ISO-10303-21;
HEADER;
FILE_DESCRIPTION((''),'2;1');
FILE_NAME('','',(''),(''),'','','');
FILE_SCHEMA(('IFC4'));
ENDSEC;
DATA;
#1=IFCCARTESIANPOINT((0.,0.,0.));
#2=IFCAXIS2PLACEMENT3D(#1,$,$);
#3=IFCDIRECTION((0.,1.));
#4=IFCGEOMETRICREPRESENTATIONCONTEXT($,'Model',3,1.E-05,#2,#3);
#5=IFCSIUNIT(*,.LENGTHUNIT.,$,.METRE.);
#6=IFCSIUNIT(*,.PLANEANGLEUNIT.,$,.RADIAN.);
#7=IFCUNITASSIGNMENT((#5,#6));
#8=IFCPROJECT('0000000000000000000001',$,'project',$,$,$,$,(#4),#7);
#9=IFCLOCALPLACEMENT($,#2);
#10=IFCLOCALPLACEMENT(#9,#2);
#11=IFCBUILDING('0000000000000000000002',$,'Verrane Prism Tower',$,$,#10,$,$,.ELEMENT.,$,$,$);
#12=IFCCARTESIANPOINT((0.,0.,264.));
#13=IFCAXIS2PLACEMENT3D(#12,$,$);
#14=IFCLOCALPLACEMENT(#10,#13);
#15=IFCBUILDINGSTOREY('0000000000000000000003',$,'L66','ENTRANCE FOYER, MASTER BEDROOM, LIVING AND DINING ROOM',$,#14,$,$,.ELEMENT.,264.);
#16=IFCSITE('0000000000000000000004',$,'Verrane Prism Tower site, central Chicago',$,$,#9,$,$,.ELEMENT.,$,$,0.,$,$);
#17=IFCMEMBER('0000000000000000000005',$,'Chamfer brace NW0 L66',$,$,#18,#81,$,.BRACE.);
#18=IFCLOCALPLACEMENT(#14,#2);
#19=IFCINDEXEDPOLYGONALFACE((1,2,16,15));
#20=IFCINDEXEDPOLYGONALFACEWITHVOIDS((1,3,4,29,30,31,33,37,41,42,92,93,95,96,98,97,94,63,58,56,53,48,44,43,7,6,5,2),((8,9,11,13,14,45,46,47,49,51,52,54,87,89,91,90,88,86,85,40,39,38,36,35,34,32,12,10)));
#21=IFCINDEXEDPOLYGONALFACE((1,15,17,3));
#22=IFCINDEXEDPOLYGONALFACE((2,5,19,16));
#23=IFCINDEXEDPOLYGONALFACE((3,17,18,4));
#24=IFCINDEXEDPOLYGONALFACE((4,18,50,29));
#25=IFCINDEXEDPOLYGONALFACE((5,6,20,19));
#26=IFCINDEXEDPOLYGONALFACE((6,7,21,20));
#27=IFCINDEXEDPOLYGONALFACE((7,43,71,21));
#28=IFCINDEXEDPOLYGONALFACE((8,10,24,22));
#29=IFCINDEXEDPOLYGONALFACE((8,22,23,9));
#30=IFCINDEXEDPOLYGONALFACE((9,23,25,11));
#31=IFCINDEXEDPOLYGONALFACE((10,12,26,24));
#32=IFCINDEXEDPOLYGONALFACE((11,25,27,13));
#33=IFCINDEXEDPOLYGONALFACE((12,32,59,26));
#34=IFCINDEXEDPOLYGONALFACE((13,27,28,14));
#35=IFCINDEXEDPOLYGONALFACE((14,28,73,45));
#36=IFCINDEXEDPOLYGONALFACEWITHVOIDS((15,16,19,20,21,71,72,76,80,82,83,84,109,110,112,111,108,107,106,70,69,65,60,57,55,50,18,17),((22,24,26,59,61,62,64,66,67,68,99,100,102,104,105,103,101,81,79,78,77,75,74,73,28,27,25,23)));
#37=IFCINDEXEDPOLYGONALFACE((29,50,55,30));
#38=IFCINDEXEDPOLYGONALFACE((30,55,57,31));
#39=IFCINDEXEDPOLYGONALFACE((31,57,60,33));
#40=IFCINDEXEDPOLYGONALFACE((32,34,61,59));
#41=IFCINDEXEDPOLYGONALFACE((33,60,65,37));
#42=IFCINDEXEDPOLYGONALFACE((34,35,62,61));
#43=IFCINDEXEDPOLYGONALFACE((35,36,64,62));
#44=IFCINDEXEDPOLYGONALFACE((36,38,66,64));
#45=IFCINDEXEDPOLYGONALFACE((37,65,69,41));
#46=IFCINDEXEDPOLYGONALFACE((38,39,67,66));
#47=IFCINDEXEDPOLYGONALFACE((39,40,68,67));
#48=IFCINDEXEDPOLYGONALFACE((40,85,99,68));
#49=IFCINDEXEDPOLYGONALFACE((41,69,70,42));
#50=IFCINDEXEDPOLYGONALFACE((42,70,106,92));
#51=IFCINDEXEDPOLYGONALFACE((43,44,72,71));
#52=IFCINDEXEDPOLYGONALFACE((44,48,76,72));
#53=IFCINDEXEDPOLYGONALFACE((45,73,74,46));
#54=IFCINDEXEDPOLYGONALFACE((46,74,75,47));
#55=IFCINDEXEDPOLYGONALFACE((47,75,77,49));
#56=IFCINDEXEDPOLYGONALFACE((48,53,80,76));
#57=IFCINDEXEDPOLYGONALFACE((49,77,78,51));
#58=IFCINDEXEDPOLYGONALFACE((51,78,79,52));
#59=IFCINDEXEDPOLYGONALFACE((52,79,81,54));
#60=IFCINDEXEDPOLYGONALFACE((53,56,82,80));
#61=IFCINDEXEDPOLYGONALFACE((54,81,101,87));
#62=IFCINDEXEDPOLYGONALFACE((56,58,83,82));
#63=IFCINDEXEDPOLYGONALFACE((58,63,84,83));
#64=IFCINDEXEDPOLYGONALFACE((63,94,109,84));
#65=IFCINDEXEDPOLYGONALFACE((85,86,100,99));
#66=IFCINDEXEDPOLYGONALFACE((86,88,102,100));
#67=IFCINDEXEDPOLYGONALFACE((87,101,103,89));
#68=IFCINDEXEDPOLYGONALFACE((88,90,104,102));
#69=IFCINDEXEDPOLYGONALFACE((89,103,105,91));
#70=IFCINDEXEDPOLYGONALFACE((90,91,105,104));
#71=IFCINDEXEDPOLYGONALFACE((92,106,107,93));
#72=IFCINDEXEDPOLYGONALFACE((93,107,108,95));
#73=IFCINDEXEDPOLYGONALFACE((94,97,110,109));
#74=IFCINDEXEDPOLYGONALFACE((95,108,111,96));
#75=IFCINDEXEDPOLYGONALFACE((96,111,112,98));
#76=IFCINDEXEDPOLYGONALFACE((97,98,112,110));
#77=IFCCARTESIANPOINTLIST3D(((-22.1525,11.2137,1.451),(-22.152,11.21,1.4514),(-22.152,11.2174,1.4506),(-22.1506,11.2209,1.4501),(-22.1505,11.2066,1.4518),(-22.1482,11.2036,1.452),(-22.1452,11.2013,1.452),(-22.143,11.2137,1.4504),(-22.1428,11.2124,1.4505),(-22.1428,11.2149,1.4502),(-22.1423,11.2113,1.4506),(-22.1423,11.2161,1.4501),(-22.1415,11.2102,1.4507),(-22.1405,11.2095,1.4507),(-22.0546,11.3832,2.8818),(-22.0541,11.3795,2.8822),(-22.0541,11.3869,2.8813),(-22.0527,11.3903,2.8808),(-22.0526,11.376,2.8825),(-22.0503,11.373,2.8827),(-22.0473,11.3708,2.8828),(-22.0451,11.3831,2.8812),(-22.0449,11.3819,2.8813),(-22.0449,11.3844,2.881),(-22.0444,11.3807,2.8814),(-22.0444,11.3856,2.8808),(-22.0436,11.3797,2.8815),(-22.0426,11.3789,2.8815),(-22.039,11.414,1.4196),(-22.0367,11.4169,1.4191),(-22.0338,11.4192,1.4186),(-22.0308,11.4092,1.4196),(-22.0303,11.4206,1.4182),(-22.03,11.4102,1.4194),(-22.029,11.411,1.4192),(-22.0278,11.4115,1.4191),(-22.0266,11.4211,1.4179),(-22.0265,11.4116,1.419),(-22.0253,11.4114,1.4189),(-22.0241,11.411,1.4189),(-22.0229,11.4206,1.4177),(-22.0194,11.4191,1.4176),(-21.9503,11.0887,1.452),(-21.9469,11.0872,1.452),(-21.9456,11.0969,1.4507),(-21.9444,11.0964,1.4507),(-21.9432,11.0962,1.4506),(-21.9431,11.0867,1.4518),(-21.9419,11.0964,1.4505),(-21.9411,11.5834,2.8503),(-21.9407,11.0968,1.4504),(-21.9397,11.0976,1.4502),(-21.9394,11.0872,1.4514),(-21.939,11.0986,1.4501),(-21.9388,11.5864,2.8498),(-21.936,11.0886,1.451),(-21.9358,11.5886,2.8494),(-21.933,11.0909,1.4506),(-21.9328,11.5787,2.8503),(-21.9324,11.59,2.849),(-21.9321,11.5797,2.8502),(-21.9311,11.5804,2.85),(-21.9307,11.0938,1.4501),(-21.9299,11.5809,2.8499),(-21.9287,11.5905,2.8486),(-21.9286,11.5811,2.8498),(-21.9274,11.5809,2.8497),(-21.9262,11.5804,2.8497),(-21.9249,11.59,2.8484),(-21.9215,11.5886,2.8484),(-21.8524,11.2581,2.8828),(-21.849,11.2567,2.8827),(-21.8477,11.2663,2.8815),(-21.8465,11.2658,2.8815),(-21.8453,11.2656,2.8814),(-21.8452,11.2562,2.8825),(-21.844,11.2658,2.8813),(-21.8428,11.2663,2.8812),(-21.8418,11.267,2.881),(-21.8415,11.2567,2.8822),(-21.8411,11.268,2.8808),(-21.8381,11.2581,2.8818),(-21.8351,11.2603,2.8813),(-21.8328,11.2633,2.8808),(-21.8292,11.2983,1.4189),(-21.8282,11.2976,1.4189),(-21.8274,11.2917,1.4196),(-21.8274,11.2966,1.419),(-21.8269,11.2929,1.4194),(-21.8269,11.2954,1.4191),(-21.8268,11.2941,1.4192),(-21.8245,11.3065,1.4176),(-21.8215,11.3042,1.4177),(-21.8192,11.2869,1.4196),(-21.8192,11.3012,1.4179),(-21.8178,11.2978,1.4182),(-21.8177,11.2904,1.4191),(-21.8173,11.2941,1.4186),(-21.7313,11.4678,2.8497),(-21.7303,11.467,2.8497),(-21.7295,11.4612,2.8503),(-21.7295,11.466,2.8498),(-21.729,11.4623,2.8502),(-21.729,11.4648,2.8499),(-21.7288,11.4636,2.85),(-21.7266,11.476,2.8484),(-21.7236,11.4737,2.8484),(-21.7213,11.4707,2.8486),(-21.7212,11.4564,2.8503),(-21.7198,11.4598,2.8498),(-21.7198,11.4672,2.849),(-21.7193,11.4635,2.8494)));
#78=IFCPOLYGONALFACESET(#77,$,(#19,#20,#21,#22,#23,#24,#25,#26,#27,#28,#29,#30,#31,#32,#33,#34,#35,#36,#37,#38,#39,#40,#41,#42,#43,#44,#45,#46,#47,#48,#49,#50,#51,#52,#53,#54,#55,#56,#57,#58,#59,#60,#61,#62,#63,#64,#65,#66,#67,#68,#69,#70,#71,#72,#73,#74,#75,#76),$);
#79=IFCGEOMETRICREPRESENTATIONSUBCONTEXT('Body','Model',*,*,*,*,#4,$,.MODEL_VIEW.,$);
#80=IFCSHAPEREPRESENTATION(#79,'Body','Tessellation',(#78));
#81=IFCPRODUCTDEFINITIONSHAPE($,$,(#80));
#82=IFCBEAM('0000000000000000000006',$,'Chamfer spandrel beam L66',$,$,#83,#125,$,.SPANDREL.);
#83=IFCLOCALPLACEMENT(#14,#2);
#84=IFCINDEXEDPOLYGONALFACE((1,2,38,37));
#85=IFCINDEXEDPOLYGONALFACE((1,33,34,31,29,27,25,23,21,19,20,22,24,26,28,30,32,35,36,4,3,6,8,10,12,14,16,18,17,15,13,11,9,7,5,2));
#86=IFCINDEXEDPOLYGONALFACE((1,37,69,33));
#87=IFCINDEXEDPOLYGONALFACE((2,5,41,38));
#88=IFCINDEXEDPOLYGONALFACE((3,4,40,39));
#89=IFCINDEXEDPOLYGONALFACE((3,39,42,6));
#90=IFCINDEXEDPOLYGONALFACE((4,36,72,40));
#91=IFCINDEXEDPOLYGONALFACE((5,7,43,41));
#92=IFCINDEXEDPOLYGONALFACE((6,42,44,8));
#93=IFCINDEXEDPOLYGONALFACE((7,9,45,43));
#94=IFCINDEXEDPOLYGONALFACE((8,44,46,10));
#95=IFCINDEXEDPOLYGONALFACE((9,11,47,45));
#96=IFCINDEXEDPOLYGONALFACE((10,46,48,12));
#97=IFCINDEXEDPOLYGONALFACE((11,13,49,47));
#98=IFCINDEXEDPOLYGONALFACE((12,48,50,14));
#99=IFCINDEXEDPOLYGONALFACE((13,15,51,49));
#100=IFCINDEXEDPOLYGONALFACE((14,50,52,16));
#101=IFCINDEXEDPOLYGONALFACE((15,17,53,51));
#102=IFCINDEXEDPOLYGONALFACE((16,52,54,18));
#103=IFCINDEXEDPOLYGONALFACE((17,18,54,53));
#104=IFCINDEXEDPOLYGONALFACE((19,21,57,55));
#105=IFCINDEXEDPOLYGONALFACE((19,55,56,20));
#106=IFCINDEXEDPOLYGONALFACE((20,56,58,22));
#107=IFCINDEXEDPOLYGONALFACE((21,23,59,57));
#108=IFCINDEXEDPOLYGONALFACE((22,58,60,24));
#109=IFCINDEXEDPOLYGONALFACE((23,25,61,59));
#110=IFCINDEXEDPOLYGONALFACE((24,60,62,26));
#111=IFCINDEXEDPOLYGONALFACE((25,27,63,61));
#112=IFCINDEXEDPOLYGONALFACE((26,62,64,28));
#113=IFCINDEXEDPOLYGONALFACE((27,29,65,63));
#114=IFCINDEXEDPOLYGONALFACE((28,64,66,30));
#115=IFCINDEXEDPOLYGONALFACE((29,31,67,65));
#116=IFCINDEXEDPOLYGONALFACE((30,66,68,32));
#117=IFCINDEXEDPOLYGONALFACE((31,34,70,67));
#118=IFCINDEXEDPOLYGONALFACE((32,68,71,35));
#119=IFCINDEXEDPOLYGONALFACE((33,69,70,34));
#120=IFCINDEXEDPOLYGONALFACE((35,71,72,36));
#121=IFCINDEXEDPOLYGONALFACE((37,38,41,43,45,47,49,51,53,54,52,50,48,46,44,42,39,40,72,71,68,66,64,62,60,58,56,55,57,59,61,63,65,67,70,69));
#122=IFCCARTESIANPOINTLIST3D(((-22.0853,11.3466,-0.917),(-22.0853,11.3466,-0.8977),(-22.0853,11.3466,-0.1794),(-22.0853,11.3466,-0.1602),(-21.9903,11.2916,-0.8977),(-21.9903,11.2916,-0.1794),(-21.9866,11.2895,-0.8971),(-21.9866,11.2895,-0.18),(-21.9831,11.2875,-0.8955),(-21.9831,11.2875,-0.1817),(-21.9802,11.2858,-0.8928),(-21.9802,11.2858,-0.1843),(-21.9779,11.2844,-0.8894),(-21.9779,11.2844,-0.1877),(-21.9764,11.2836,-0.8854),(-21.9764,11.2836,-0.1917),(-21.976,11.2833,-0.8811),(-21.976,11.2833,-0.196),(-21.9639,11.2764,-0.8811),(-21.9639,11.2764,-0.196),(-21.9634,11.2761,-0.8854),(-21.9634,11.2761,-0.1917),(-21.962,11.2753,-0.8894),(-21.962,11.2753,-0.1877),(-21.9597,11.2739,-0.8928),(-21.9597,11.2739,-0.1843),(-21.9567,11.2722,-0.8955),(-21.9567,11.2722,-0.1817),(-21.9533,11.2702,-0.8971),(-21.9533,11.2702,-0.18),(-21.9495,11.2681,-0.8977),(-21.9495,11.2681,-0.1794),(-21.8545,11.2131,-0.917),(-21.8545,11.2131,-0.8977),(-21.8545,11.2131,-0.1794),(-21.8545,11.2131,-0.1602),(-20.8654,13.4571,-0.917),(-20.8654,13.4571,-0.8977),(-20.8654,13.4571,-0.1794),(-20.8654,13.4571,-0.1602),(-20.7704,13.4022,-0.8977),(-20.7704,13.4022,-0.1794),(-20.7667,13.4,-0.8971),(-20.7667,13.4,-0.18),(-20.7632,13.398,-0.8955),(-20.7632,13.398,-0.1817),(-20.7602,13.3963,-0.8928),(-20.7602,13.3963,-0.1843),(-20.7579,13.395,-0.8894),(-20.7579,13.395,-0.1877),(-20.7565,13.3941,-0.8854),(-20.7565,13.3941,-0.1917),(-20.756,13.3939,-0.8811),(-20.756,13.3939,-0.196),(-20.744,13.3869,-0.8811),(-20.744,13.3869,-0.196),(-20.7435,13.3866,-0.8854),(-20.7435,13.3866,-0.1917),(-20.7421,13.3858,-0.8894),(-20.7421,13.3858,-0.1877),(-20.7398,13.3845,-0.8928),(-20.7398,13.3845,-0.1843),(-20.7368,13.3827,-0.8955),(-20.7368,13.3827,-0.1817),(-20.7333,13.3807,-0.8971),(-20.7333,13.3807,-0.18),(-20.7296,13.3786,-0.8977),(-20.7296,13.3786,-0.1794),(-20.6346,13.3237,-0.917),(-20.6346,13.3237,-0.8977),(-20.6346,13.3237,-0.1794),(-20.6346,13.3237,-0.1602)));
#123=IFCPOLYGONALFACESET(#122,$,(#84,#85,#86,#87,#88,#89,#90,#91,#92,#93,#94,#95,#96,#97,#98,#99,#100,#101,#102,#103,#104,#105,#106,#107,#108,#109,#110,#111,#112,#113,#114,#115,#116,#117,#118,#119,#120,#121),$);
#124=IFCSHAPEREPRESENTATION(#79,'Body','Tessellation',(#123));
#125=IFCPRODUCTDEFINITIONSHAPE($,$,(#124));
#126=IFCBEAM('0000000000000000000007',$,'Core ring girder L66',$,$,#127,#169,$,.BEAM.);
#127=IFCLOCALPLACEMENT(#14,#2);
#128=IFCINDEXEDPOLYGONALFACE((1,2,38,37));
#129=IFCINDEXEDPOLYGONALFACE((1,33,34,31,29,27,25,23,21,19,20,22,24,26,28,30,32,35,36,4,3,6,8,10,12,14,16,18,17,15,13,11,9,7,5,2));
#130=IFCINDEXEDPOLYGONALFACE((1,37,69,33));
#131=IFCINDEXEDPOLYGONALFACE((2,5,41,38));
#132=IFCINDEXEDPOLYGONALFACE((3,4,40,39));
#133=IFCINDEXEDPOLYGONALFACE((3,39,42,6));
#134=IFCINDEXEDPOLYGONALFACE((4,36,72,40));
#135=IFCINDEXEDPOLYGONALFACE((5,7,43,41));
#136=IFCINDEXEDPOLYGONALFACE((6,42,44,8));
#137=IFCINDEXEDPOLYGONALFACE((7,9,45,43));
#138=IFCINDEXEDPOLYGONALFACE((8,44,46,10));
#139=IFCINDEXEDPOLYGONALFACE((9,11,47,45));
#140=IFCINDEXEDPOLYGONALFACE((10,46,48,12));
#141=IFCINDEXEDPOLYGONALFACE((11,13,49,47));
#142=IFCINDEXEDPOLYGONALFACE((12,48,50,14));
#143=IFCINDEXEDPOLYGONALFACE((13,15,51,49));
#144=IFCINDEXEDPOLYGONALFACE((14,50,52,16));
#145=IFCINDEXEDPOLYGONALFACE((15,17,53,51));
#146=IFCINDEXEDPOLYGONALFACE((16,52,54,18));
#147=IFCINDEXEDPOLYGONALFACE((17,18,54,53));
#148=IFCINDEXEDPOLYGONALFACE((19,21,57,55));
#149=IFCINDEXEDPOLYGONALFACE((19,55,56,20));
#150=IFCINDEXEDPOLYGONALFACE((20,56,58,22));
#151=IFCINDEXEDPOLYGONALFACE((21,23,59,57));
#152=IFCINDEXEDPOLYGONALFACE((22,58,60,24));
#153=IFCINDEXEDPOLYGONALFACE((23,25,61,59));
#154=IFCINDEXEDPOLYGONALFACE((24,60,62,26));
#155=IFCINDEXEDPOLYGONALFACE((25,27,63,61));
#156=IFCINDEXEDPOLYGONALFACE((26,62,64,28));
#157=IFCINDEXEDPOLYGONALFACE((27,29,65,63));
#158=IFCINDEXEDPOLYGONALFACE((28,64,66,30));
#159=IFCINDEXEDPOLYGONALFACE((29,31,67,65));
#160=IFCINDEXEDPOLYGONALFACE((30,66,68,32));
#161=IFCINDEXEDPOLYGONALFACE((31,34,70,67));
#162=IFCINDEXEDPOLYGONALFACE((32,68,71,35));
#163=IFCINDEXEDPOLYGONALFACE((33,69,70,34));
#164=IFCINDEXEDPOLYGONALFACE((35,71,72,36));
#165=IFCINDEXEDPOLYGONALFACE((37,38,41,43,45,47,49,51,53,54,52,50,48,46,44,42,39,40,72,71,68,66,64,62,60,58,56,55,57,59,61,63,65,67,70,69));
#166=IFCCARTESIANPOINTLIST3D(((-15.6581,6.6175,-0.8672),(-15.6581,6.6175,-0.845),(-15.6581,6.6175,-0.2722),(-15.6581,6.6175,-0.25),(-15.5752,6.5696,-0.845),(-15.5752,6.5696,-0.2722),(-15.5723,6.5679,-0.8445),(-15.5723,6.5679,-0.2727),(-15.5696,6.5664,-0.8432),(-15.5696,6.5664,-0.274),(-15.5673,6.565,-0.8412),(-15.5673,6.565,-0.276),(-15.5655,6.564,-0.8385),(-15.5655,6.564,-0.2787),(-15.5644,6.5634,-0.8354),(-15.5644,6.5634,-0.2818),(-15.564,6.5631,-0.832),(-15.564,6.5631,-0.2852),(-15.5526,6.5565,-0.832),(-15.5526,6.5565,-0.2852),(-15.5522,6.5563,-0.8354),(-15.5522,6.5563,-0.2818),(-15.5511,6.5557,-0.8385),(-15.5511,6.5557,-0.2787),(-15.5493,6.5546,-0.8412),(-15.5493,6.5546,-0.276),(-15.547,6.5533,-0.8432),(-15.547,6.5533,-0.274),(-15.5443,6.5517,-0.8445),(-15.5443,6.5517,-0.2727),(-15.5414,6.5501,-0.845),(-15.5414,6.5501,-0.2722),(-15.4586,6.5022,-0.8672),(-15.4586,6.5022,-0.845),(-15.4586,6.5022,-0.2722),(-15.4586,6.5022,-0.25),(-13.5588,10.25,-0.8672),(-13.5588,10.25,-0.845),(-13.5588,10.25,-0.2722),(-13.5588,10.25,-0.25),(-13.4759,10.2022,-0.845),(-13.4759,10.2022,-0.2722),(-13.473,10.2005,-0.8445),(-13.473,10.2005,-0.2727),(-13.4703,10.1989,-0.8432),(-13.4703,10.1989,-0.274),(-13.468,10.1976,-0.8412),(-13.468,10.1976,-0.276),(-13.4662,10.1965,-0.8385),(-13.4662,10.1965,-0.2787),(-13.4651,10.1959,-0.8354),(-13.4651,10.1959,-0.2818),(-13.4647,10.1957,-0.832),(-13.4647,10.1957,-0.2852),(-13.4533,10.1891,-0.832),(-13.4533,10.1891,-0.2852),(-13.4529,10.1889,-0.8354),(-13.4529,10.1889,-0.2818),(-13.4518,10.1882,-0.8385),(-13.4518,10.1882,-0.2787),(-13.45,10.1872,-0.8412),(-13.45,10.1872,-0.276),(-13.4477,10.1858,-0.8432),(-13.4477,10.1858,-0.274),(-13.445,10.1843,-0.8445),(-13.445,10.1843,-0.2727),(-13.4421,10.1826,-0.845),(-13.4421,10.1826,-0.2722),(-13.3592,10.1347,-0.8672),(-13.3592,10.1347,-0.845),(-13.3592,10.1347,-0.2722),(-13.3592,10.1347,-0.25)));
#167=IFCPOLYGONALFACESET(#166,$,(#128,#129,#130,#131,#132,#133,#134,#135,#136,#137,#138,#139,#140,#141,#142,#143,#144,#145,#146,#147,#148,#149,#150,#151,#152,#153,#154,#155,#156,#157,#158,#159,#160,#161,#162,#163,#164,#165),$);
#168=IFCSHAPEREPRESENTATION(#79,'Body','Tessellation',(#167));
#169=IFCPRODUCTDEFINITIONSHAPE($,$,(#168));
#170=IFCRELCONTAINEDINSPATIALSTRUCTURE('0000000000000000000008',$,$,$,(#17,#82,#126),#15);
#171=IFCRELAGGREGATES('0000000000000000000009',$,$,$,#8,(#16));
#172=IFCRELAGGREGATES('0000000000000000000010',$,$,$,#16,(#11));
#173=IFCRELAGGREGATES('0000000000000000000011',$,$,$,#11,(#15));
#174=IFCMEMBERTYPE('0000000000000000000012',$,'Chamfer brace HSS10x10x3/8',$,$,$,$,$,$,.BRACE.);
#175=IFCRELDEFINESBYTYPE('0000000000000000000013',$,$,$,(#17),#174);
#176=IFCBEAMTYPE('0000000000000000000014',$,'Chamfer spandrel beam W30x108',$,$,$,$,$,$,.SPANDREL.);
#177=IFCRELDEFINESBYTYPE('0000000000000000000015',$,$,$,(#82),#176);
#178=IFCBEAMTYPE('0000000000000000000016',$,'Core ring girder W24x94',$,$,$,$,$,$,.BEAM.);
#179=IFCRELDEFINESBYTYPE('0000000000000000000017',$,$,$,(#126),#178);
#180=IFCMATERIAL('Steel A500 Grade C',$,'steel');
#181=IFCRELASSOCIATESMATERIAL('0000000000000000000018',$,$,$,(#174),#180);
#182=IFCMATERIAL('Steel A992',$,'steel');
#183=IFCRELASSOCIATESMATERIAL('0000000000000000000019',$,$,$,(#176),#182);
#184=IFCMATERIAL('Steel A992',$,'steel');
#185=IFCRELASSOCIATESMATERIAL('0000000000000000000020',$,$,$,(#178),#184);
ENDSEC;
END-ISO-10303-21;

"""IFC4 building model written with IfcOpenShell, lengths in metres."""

from ifc_helpers import new_model, si_unit, direction, frame, origin, origin_2d, place, context, subcontext, project, spatial, hollow_rectangle, i_section, extrude, material, material_profile, profile_set, type_object, element, save


model = new_model("IFC4")

# Units and contexts
model_context = context("Model", 3, precision=1e-05, world=origin(), true_north=direction((0.0, 1.0)))
body_context = subcontext(model_context, "Body", "Model", "MODEL_VIEW")
ifc_project = project(units=[si_unit("LENGTHUNIT", "METRE"), si_unit("PLANEANGLEUNIT", "RADIAN")], contexts=[model_context])

# Site, building, storey
site_placement = place(None, origin())
site = spatial("IfcSite", under=ifc_project, at=site_placement, Name="Verrane Prism Tower site, central Chicago", CompositionType="ELEMENT", RefElevation=0.0)
building_placement = place(site_placement, origin())
building = spatial("IfcBuilding", under=site, at=building_placement, Name="Verrane Prism Tower", CompositionType="ELEMENT")
storey_placement = place(building_placement, frame((0.0, 0.0, 264.0)))
storey = spatial("IfcBuildingStorey", under=building, at=storey_placement, Name="L66", Description="ENTRANCE FOYER, MASTER BEDROOM, LIVING AND DINING ROOM", CompositionType="ELEMENT", Elevation=264.0)

# Member
ifc_material_1 = material(Name="Steel A500 Grade C", Category="steel")
ifc_material_profile_1 = material_profile(ifc_material_1, hollow_rectangle(XDim=0.2539, YDim=0.2539, WallThickness=0.0095, InnerFilletRadius=0.0049, OuterFilletRadius=0.0144, at=origin_2d()), Name="HSS10x10x3/8")
ifc_profile_set_1 = profile_set([ifc_material_profile_1], Name="Steel A500 Grade C")
member_type_1 = type_object("IfcMemberType", Name="Chamfer brace HSS10x10x3/8", PredefinedType="BRACE", material=ifc_profile_set_1)
member_1_placement = place(storey_placement, frame((-21.9849, 11.2539, 1.4348), z_axis=(0.067799, 0.117338, 0.990775), x_axis=(-0.865853, 0.500298, 0.0)))
element("IfcMember", 1, at=member_1_placement, inside=storey, type_object=member_type_1, Name="Chamfer brace NW0 L66", PredefinedType="BRACE", context=body_context, shape_type="SweptSolid", body=[
    extrude(hollow_rectangle(XDim=0.2539, YDim=0.2539, WallThickness=0.0095, InnerFilletRadius=0.0049, OuterFilletRadius=0.0144, at=origin_2d()), origin(), (0.0, 0.0, 1.0), 1.4441),
])

# Beams
ifc_material_2 = material(Name="Steel A992", Category="steel")
ifc_material_profile_2 = material_profile(ifc_material_2, i_section(OverallWidth=0.2666, OverallDepth=0.7568, WebThickness=0.0139, FlangeThickness=0.0193, FilletRadius=0.0166, at=origin_2d()), Name="W30x108")
ifc_profile_set_2 = profile_set([ifc_material_profile_2], Name="Steel A992")
beam_type_1 = type_object("IfcBeamType", Name="Chamfer spandrel beam W30x108", PredefinedType="SPANDREL", material=ifc_profile_set_2)
beam_1_placement = place(storey_placement, frame((-20.75, 13.3904, -0.5386), z_axis=(-0.500436, -0.865773, 0.0), x_axis=(0.865773, -0.500436, 0.0)))
element("IfcBeam", 2, at=beam_1_placement, inside=storey, type_object=beam_type_1, Name="Chamfer spandrel beam L66", PredefinedType="SPANDREL", context=body_context, shape_type="SweptSolid", body=[
    extrude(i_section(OverallWidth=0.2666, OverallDepth=0.7568, WebThickness=0.0139, FlangeThickness=0.0193, FilletRadius=0.0166, at=origin_2d()), origin(), (0.0, 0.0, 1.0), 2.4377),
])
ifc_material_3 = material(Name="Steel A992", Category="steel")
ifc_material_profile_3 = material_profile(ifc_material_3, i_section(OverallWidth=0.2305, OverallDepth=0.6172, WebThickness=0.0132, FlangeThickness=0.0222, FilletRadius=0.0129, at=origin_2d()), Name="W24x94")
ifc_profile_set_3 = profile_set([ifc_material_profile_3], Name="Steel A992")
beam_type_2 = type_object("IfcBeamType", Name="Core ring girder W24x94", PredefinedType="BEAM", material=ifc_profile_set_3)
beam_2_placement = place(storey_placement, frame((-13.459, 10.1924, -0.5586), z_axis=(-0.500376, -0.865808, 0.0), x_axis=(0.865808, -0.500376, 0.0)))
element("IfcBeam", 3, at=beam_2_placement, inside=storey, type_object=beam_type_2, Name="Core ring girder L66", PredefinedType="BEAM", context=body_context, shape_type="SweptSolid", body=[
    extrude(i_section(OverallWidth=0.2305, OverallDepth=0.6172, WebThickness=0.0132, FlangeThickness=0.0222, FilletRadius=0.0129, at=origin_2d()), origin(), (0.0, 0.0, 1.0), 4.1956),
])

save(model, "model.ifc")
